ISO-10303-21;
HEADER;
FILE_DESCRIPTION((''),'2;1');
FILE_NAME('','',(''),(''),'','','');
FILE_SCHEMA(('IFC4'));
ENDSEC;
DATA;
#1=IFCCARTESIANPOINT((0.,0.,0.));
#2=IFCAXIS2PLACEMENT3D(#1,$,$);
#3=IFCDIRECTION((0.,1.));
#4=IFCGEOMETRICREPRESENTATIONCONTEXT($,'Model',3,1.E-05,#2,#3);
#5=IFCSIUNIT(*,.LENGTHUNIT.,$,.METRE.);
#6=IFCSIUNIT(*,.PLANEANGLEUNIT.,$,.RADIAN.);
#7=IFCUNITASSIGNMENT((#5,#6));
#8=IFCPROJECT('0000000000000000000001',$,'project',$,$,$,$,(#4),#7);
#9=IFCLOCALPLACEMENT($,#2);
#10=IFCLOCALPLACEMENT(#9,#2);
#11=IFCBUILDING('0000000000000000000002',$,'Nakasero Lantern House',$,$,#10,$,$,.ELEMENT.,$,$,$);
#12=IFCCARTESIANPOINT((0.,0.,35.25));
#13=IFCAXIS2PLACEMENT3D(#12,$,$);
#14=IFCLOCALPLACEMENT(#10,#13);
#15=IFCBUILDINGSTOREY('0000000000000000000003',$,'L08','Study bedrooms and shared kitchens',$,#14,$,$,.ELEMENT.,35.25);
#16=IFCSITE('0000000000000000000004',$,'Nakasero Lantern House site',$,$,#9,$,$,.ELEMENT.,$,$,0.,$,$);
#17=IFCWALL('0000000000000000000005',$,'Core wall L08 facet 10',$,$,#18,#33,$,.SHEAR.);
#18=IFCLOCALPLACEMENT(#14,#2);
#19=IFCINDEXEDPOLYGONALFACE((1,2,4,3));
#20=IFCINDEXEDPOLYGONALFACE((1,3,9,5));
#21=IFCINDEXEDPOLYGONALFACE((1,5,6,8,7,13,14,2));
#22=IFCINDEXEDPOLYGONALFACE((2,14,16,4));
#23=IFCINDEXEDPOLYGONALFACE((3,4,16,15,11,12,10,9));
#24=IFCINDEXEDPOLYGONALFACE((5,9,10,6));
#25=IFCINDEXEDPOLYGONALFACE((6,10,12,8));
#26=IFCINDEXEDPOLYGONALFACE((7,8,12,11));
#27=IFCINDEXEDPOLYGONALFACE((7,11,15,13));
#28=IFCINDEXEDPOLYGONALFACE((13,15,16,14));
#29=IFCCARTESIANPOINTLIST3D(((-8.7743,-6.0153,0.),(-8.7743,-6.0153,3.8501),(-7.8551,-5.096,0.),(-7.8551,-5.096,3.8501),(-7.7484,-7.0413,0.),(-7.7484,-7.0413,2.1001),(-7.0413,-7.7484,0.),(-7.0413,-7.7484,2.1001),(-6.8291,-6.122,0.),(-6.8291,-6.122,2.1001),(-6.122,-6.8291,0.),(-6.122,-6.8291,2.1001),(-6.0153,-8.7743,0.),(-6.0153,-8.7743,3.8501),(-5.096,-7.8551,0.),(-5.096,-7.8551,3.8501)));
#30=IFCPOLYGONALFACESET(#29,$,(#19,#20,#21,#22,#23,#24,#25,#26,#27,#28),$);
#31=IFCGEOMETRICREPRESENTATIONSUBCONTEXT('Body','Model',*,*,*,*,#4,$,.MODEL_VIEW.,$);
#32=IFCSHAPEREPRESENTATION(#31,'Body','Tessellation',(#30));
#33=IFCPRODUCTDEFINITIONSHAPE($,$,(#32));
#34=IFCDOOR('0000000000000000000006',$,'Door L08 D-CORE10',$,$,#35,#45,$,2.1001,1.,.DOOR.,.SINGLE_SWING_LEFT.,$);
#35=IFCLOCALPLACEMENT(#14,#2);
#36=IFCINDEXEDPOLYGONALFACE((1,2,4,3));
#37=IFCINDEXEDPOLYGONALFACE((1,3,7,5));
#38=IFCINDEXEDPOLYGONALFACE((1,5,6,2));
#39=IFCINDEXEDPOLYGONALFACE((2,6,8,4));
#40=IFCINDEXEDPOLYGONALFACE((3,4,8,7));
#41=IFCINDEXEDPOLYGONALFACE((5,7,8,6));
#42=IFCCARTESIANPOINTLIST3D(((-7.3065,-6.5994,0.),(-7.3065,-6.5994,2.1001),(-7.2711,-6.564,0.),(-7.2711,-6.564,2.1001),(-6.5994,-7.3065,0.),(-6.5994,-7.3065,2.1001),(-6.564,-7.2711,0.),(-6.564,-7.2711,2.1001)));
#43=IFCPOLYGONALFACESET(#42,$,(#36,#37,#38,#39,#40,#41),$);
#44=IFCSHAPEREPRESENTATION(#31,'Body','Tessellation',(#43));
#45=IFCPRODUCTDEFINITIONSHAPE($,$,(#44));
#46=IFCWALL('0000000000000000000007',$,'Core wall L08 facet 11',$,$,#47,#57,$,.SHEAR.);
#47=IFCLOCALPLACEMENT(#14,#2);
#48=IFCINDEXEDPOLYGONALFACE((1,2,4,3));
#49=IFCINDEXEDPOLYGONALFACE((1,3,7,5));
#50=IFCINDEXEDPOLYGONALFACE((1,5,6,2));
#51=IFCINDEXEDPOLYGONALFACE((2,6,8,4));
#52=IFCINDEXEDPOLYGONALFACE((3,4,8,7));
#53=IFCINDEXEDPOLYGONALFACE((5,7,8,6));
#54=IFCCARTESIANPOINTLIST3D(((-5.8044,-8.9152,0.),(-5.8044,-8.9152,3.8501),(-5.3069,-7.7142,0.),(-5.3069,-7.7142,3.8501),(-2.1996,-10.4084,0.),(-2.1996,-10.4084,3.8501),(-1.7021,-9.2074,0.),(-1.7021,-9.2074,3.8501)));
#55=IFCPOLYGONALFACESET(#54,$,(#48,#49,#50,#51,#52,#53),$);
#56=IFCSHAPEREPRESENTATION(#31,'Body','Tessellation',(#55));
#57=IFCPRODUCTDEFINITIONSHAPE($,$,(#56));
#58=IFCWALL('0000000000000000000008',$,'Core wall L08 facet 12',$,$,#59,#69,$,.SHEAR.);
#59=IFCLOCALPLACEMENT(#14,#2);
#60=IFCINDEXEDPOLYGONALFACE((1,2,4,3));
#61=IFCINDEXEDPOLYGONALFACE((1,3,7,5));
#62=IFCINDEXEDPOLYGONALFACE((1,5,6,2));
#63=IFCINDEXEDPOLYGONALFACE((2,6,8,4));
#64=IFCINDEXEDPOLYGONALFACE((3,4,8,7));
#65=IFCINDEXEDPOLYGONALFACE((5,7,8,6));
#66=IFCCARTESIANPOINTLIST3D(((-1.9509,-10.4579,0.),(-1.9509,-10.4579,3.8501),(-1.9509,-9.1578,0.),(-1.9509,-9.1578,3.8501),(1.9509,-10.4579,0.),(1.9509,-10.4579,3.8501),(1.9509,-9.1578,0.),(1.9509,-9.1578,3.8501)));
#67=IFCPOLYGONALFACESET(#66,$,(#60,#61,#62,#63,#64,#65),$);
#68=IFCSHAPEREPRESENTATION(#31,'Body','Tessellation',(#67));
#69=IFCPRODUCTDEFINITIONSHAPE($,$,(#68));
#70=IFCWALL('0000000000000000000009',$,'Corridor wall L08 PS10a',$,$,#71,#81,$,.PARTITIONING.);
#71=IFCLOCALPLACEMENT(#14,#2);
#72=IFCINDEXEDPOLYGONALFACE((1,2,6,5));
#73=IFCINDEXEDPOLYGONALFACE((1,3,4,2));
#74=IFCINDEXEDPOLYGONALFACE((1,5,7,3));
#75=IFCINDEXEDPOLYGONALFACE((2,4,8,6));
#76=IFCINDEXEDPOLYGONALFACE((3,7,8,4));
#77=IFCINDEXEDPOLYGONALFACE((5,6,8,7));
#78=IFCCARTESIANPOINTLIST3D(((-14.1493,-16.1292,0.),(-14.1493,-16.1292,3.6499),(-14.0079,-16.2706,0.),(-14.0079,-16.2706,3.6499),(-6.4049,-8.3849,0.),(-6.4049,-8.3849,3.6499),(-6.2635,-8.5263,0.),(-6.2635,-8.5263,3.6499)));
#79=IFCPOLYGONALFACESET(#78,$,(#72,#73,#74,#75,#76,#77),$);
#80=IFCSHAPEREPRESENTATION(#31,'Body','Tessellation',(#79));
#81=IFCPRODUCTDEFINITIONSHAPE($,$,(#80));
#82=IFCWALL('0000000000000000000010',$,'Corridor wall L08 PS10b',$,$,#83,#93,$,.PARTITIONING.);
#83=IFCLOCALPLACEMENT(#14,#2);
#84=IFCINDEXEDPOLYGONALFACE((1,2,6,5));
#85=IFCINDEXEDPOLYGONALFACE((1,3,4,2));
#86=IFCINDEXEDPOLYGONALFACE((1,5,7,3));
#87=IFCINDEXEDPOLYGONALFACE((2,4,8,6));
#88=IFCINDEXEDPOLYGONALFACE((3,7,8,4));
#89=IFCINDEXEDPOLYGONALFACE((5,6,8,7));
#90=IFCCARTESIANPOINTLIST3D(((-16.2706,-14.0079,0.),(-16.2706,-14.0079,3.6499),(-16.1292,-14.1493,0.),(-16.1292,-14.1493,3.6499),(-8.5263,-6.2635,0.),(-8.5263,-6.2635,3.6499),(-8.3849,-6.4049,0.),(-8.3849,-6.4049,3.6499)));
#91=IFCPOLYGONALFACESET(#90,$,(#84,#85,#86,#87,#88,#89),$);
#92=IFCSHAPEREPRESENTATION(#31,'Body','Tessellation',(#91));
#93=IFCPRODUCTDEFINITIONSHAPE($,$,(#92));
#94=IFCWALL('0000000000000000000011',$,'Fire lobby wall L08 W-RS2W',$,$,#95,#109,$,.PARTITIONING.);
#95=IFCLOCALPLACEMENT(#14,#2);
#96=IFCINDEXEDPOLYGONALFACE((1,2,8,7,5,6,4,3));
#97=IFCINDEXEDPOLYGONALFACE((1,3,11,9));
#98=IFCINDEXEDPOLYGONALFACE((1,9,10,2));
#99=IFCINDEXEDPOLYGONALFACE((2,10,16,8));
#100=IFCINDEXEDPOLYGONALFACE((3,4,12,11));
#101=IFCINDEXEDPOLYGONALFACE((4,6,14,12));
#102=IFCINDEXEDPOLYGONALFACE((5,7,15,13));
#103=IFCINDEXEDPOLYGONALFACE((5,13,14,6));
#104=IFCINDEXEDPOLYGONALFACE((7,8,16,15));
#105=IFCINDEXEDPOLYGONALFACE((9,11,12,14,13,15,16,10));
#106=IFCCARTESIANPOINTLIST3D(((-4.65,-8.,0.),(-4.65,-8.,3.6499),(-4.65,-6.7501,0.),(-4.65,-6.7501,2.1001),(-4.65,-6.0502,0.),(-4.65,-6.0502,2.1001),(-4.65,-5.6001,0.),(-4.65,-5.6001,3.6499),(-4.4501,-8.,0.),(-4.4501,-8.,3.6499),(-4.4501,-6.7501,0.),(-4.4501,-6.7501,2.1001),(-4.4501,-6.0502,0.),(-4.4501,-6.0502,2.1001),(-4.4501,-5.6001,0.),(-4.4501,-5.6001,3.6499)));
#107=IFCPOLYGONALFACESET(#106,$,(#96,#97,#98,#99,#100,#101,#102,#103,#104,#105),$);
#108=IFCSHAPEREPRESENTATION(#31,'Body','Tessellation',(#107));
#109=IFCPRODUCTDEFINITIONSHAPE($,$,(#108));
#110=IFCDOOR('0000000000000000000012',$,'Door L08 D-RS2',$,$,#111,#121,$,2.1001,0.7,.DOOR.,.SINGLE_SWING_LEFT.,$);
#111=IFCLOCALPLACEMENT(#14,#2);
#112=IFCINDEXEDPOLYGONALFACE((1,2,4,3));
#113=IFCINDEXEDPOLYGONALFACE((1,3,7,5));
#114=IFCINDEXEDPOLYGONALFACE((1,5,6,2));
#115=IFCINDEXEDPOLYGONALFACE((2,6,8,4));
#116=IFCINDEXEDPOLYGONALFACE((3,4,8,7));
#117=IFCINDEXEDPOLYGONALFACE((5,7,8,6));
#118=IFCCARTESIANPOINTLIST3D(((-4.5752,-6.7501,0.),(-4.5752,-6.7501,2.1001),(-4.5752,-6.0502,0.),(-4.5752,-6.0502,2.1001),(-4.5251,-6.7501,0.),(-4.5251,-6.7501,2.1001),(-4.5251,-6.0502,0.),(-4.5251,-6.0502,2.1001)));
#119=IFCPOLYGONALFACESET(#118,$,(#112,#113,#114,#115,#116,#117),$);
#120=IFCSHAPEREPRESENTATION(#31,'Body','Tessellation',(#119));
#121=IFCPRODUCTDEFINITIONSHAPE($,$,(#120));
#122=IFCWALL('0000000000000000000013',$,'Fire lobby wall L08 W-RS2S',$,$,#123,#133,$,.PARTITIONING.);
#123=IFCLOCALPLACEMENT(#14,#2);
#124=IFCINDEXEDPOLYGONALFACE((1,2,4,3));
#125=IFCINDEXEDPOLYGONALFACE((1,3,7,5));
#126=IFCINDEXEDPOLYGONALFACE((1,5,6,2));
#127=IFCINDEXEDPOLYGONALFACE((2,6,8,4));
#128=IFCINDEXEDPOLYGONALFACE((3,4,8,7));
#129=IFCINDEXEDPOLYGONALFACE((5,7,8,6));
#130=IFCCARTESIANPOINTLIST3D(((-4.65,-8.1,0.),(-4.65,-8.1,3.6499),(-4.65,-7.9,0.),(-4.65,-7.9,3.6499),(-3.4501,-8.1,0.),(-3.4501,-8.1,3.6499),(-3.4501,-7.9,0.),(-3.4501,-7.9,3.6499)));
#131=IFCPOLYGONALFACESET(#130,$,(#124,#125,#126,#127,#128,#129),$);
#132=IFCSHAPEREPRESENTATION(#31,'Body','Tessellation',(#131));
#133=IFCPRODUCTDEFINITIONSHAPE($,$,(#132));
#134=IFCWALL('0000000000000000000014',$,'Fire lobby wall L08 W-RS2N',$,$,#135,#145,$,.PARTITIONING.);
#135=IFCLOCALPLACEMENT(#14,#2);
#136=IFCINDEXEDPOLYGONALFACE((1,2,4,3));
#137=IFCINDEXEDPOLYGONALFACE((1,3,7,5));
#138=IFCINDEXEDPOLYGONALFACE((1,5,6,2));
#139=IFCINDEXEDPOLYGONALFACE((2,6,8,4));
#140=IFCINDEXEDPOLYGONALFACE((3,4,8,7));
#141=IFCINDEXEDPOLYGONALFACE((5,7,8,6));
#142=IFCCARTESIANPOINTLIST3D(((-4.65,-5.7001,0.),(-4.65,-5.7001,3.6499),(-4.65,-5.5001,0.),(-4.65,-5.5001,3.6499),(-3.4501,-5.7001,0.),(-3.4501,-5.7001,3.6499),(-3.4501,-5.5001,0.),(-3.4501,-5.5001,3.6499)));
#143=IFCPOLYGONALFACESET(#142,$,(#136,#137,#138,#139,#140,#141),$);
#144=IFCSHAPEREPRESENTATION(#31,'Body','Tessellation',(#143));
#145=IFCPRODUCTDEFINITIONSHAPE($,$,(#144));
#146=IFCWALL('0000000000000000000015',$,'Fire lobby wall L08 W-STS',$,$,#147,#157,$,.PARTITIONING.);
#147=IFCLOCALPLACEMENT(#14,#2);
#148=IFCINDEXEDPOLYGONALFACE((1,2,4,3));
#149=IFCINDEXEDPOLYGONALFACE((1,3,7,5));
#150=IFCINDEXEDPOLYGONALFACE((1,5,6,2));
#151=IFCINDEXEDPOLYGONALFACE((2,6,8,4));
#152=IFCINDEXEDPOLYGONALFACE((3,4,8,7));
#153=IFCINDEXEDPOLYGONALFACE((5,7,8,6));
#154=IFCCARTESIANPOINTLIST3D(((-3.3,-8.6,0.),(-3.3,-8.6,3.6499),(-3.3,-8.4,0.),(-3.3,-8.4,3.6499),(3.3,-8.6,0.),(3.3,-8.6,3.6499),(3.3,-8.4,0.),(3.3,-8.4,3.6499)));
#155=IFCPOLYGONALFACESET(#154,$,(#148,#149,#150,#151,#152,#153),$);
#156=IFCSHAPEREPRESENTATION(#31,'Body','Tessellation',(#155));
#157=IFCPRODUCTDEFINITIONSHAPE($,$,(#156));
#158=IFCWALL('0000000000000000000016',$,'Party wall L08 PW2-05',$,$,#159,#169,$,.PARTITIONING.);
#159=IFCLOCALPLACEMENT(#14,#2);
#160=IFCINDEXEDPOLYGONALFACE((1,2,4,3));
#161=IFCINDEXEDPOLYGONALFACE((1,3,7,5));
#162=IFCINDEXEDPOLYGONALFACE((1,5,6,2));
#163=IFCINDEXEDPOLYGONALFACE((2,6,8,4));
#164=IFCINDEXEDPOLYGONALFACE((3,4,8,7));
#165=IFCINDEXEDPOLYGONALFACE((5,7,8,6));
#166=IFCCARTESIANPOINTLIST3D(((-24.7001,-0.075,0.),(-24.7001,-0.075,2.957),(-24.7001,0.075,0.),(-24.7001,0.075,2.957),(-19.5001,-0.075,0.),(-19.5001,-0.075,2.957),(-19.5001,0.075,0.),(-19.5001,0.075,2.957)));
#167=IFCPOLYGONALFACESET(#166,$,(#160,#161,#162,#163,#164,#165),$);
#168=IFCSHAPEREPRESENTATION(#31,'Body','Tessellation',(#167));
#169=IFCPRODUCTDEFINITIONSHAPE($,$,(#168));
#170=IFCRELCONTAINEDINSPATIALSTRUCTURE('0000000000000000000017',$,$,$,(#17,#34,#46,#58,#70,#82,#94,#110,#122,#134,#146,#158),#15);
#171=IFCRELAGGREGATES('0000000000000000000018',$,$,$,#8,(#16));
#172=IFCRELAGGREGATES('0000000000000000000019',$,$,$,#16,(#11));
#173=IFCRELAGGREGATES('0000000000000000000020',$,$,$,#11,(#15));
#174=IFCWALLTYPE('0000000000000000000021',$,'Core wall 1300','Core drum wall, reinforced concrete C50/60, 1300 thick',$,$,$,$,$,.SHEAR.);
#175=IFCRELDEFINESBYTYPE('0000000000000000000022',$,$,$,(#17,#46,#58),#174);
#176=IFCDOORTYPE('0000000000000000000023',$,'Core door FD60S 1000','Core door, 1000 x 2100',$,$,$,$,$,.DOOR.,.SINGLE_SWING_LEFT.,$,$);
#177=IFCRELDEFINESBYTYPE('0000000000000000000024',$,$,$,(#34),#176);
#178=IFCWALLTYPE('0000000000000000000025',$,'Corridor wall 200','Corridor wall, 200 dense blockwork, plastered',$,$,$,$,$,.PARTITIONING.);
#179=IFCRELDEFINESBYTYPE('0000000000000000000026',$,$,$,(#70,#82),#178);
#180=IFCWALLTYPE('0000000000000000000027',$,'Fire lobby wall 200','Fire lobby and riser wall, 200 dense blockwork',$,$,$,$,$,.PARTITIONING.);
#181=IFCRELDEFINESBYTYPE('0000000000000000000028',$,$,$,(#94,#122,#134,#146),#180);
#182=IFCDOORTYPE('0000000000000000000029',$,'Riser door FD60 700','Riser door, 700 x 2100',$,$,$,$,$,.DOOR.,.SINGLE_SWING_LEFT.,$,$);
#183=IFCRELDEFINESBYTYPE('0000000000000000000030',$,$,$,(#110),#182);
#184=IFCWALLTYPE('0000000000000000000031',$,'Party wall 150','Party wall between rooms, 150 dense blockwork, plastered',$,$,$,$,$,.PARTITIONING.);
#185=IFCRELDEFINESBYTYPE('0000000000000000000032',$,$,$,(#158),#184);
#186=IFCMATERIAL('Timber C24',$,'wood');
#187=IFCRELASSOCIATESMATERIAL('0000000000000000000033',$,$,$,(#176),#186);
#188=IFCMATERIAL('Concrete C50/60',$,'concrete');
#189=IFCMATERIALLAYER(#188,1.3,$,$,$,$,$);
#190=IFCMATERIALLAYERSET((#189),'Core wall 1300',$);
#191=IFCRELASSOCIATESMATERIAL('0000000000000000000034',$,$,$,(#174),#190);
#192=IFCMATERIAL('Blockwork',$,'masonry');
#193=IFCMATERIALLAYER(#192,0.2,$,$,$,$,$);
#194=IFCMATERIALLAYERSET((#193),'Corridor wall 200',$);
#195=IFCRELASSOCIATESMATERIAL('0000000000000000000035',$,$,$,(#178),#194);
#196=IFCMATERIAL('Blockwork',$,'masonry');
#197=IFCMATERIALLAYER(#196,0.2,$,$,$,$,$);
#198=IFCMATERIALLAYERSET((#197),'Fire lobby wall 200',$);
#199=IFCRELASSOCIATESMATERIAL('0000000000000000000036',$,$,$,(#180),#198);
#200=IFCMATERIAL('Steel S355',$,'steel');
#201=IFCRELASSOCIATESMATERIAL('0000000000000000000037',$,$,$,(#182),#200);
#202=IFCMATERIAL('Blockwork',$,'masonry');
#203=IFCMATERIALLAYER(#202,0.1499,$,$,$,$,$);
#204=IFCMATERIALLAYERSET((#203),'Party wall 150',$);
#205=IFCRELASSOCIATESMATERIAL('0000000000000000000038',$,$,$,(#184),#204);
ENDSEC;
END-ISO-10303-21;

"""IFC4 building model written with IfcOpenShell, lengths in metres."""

from ifc_helpers import new_model, si_unit, direction, frame, frame_2d, origin, place, context, subcontext, project, spatial, rectangle, extrude, material, layer, layer_set, type_object, element, fill, save


model = new_model("IFC4")

# Units and contexts
model_context = context("Model", 3, precision=1e-05, world=origin(), true_north=direction((0.0, 1.0)))
body_context = subcontext(model_context, "Body", "Model", "MODEL_VIEW")
ifc_project = project(units=[si_unit("LENGTHUNIT", "METRE"), si_unit("PLANEANGLEUNIT", "RADIAN")], contexts=[model_context])

# Site, building, storey
site_placement = place(None, origin())
site = spatial("IfcSite", under=ifc_project, at=site_placement, Name="Nakasero Lantern House site", CompositionType="ELEMENT", RefElevation=0.0)
building_placement = place(site_placement, origin())
building = spatial("IfcBuilding", under=site, at=building_placement, Name="Nakasero Lantern House", CompositionType="ELEMENT")
storey_placement = place(building_placement, frame((0.0, 0.0, 35.25)))
storey = spatial("IfcBuildingStorey", under=building, at=storey_placement, Name="L08", Description="Study bedrooms and shared kitchens", CompositionType="ELEMENT", Elevation=35.25)

# Shared definitions
ifc_material_1 = material(Name="Timber C24", Category="wood")
door_type_1 = type_object("IfcDoorType", Name="Core door FD60S 1000", Description="Core door, 1000 x 2100", OperationType="SINGLE_SWING_LEFT", PredefinedType="DOOR", material=ifc_material_1)

# Shared definitions
ifc_material_2 = material(Name="Concrete C50/60", Category="concrete")
ifc_layer_1 = layer(ifc_material_2, 1.3)
ifc_layer_set_1 = layer_set([ifc_layer_1], Name="Core wall 1300")
wall_type_1 = type_object("IfcWallType", Name="Core wall 1300", Description="Core drum wall, reinforced concrete C50/60, 1300 thick", PredefinedType="SHEAR", material=ifc_layer_set_1)

# Wall, opening, door
wall_1_placement = place(storey_placement, frame((-8.3147, -5.5557, 0.0), z_axis=(0.0, 0.0, 1.0), x_axis=(0.707107, -0.707107, 0.0)))
wall_1 = element("IfcWall", 1, at=wall_1_placement, inside=storey, type_object=wall_type_1, Name="Core wall L08 facet 10", PredefinedType="SHEAR", context=body_context, shape_type="SweptSolid", body=[
    extrude(rectangle(XDim=3.9019, YDim=1.3, at=frame_2d((1.9509, 0.0))), origin(), (0.0, 0.0, 1.0), 3.8501),
])
opening_1_placement = place(wall_1_placement, frame((1.4509, 0.0, 0.0)))
opening_1 = element("IfcOpeningElement", 2, at=opening_1_placement, cuts=wall_1, PredefinedType="OPENING", context=body_context, shape_type="SweptSolid", body=[
    extrude(rectangle(XDim=1.0, YDim=2.1001, at=frame_2d((0.5, 1.05))), frame((0.0, 0.6699, 0.0), z_axis=(0.0, -1.0, 0.0), x_axis=(1.0, 0.0, 0.0)), (0.0, 0.0, 1.0), 1.3401),
])
door_1_placement = place(opening_1_placement, origin())
door_1 = element("IfcDoor", 3, at=door_1_placement, inside=storey, type_object=door_type_1, Name="Door L08 D-CORE10", OperationType="SINGLE_SWING_LEFT", OverallHeight=2.1001, OverallWidth=1.0, PredefinedType="DOOR", context=body_context, shape_type="SweptSolid", body=[
    extrude(rectangle(XDim=1.0, YDim=2.1001, at=frame_2d((0.5, 1.05))), frame((0.0, 0.0249, 0.0), z_axis=(0.0, -1.0, 0.0), x_axis=(1.0, 0.0, 0.0)), (0.0, 0.0, 1.0), 0.05),
])
fill(opening_1, door_1)

# Walls
for number, where, z_axis, x_axis, name in (
    (4, (-5.5557, -8.3147, 0.0), (0.0, 0.0, 1.0), (0.923877, -0.382691, 0.0), "Core wall L08 facet 11"),
    (5, (-1.9509, -9.8079, 0.0), (0.0, 0.0, 1.0), (1.0, 0.0, 0.0), "Core wall L08 facet 12"),
):
    element("IfcWall", number, at=place(storey_placement, frame(where, z_axis=z_axis, x_axis=x_axis)), inside=storey, type_object=wall_type_1, Name=name, PredefinedType="SHEAR", context=body_context, shape_type="SweptSolid", body=[
        extrude(rectangle(XDim=3.9019, YDim=1.3, at=frame_2d((1.9509, 0.0))), origin(), (0.0, 0.0, 1.0), 3.8501),
    ])
ifc_material_3 = material(Name="Blockwork", Category="masonry")
ifc_layer_2 = layer(ifc_material_3, 0.2)
ifc_layer_set_2 = layer_set([ifc_layer_2], Name="Corridor wall 200")
wall_type_2 = type_object("IfcWallType", Name="Corridor wall 200", Description="Corridor wall, 200 dense blockwork, plastered", PredefinedType="PARTITIONING", material=ifc_layer_set_2)
for number, where, z_axis, x_axis, name in (
    (6, (-6.3342, -8.4556, 0.0), (0.0, 0.0, 1.0), (-0.707107, -0.707107, 0.0), "Corridor wall L08 PS10a"),
    (7, (-8.4556, -6.3342, 0.0), (0.0, 0.0, 1.0), (-0.707107, -0.707107, 0.0), "Corridor wall L08 PS10b"),
):
    element("IfcWall", number, at=place(storey_placement, frame(where, z_axis=z_axis, x_axis=x_axis)), inside=storey, type_object=wall_type_2, Name=name, PredefinedType="PARTITIONING", context=body_context, shape_type="SweptSolid", body=[
        extrude(rectangle(XDim=10.9521, YDim=0.2, at=frame_2d((5.4761, 0.0))), origin(), (0.0, 0.0, 1.0), 3.6499),
    ])

# Wall, opening, door
ifc_material_4 = material(Name="Blockwork", Category="masonry")
ifc_layer_3 = layer(ifc_material_4, 0.2)
ifc_layer_set_3 = layer_set([ifc_layer_3], Name="Fire lobby wall 200")
wall_type_3 = type_object("IfcWallType", Name="Fire lobby wall 200", Description="Fire lobby and riser wall, 200 dense blockwork", PredefinedType="PARTITIONING", material=ifc_layer_set_3)
wall_2_placement = place(storey_placement, frame((-4.55, -5.6001, 0.0), z_axis=(0.0, 0.0, 1.0), x_axis=(0.0, -1.0, 0.0)))
wall_2 = element("IfcWall", 8, at=wall_2_placement, inside=storey, type_object=wall_type_3, Name="Fire lobby wall L08 W-RS2W", PredefinedType="PARTITIONING", context=body_context, shape_type="SweptSolid", body=[
    extrude(rectangle(XDim=2.3999, YDim=0.2, at=frame_2d((1.2, 0.0))), origin(), (0.0, 0.0, 1.0), 3.6499),
])
opening_2_placement = place(wall_2_placement, frame((0.45, 0.0, 0.0)))
opening_2 = element("IfcOpeningElement", 9, at=opening_2_placement, cuts=wall_2, PredefinedType="OPENING", context=body_context, shape_type="SweptSolid", body=[
    extrude(rectangle(XDim=0.7, YDim=2.1001, at=frame_2d((0.3501, 1.05))), frame((0.0, 0.1199, 0.0), z_axis=(0.0, -1.0, 0.0), x_axis=(1.0, 0.0, 0.0)), (0.0, 0.0, 1.0), 0.24),
])
ifc_material_5 = material(Name="Steel S355", Category="steel")
door_type_2 = type_object("IfcDoorType", Name="Riser door FD60 700", Description="Riser door, 700 x 2100", OperationType="SINGLE_SWING_LEFT", PredefinedType="DOOR", material=ifc_material_5)
door_2_placement = place(opening_2_placement, origin())
door_2 = element("IfcDoor", 10, at=door_2_placement, inside=storey, type_object=door_type_2, Name="Door L08 D-RS2", OperationType="SINGLE_SWING_LEFT", OverallHeight=2.1001, OverallWidth=0.7, PredefinedType="DOOR", context=body_context, shape_type="SweptSolid", body=[
    extrude(rectangle(XDim=0.7, YDim=2.1001, at=frame_2d((0.3501, 1.05))), frame((0.0, 0.0249, 0.0), z_axis=(0.0, -1.0, 0.0), x_axis=(1.0, 0.0, 0.0)), (0.0, 0.0, 1.0), 0.05),
])
fill(opening_2, door_2)

# Walls
for number, where, z_axis, x_axis, name in (
    (11, (-3.45, -8.0, 0.0), (0.0, 0.0, 1.0), (-1.0, 0.0, 0.0), "Fire lobby wall L08 W-RS2S"),
    (12, (-3.45, -5.6001, 0.0), (0.0, 0.0, 1.0), (-1.0, 0.0, 0.0), "Fire lobby wall L08 W-RS2N"),
):
    element("IfcWall", number, at=place(storey_placement, frame(where, z_axis=z_axis, x_axis=x_axis)), inside=storey, type_object=wall_type_3, Name=name, PredefinedType="PARTITIONING", context=body_context, shape_type="SweptSolid", body=[
        extrude(rectangle(XDim=1.2, YDim=0.2, at=frame_2d((0.6001, 0.0))), origin(), (0.0, 0.0, 1.0), 3.6499),
    ])
wall_3_placement = place(storey_placement, frame((-3.3, -8.5, 0.0), z_axis=(0.0, 0.0, 1.0), x_axis=(1.0, 0.0, 0.0)))
element("IfcWall", 13, at=wall_3_placement, inside=storey, type_object=wall_type_3, Name="Fire lobby wall L08 W-STS", PredefinedType="PARTITIONING", context=body_context, shape_type="SweptSolid", body=[
    extrude(rectangle(XDim=6.6001, YDim=0.2, at=frame_2d((3.3, 0.0))), origin(), (0.0, 0.0, 1.0), 3.6499),
])
ifc_material_6 = material(Name="Blockwork", Category="masonry")
ifc_layer_4 = layer(ifc_material_6, 0.1499)
ifc_layer_set_4 = layer_set([ifc_layer_4], Name="Party wall 150")
wall_type_4 = type_object("IfcWallType", Name="Party wall 150", Description="Party wall between rooms, 150 dense blockwork, plastered", PredefinedType="PARTITIONING", material=ifc_layer_set_4)
wall_4_placement = place(storey_placement, frame((-19.5, 0.0, 0.0), z_axis=(0.0, 0.0, 1.0), x_axis=(-1.0, 0.0, 0.0)))
element("IfcWall", 14, at=wall_4_placement, inside=storey, type_object=wall_type_4, Name="Party wall L08 PW2-05", PredefinedType="PARTITIONING", context=body_context, shape_type="SweptSolid", body=[
    extrude(rectangle(XDim=5.2, YDim=0.1499, at=frame_2d((2.6001, 0.0))), origin(), (0.0, 0.0, 1.0), 2.957),
])

save(model, "model.ifc")
